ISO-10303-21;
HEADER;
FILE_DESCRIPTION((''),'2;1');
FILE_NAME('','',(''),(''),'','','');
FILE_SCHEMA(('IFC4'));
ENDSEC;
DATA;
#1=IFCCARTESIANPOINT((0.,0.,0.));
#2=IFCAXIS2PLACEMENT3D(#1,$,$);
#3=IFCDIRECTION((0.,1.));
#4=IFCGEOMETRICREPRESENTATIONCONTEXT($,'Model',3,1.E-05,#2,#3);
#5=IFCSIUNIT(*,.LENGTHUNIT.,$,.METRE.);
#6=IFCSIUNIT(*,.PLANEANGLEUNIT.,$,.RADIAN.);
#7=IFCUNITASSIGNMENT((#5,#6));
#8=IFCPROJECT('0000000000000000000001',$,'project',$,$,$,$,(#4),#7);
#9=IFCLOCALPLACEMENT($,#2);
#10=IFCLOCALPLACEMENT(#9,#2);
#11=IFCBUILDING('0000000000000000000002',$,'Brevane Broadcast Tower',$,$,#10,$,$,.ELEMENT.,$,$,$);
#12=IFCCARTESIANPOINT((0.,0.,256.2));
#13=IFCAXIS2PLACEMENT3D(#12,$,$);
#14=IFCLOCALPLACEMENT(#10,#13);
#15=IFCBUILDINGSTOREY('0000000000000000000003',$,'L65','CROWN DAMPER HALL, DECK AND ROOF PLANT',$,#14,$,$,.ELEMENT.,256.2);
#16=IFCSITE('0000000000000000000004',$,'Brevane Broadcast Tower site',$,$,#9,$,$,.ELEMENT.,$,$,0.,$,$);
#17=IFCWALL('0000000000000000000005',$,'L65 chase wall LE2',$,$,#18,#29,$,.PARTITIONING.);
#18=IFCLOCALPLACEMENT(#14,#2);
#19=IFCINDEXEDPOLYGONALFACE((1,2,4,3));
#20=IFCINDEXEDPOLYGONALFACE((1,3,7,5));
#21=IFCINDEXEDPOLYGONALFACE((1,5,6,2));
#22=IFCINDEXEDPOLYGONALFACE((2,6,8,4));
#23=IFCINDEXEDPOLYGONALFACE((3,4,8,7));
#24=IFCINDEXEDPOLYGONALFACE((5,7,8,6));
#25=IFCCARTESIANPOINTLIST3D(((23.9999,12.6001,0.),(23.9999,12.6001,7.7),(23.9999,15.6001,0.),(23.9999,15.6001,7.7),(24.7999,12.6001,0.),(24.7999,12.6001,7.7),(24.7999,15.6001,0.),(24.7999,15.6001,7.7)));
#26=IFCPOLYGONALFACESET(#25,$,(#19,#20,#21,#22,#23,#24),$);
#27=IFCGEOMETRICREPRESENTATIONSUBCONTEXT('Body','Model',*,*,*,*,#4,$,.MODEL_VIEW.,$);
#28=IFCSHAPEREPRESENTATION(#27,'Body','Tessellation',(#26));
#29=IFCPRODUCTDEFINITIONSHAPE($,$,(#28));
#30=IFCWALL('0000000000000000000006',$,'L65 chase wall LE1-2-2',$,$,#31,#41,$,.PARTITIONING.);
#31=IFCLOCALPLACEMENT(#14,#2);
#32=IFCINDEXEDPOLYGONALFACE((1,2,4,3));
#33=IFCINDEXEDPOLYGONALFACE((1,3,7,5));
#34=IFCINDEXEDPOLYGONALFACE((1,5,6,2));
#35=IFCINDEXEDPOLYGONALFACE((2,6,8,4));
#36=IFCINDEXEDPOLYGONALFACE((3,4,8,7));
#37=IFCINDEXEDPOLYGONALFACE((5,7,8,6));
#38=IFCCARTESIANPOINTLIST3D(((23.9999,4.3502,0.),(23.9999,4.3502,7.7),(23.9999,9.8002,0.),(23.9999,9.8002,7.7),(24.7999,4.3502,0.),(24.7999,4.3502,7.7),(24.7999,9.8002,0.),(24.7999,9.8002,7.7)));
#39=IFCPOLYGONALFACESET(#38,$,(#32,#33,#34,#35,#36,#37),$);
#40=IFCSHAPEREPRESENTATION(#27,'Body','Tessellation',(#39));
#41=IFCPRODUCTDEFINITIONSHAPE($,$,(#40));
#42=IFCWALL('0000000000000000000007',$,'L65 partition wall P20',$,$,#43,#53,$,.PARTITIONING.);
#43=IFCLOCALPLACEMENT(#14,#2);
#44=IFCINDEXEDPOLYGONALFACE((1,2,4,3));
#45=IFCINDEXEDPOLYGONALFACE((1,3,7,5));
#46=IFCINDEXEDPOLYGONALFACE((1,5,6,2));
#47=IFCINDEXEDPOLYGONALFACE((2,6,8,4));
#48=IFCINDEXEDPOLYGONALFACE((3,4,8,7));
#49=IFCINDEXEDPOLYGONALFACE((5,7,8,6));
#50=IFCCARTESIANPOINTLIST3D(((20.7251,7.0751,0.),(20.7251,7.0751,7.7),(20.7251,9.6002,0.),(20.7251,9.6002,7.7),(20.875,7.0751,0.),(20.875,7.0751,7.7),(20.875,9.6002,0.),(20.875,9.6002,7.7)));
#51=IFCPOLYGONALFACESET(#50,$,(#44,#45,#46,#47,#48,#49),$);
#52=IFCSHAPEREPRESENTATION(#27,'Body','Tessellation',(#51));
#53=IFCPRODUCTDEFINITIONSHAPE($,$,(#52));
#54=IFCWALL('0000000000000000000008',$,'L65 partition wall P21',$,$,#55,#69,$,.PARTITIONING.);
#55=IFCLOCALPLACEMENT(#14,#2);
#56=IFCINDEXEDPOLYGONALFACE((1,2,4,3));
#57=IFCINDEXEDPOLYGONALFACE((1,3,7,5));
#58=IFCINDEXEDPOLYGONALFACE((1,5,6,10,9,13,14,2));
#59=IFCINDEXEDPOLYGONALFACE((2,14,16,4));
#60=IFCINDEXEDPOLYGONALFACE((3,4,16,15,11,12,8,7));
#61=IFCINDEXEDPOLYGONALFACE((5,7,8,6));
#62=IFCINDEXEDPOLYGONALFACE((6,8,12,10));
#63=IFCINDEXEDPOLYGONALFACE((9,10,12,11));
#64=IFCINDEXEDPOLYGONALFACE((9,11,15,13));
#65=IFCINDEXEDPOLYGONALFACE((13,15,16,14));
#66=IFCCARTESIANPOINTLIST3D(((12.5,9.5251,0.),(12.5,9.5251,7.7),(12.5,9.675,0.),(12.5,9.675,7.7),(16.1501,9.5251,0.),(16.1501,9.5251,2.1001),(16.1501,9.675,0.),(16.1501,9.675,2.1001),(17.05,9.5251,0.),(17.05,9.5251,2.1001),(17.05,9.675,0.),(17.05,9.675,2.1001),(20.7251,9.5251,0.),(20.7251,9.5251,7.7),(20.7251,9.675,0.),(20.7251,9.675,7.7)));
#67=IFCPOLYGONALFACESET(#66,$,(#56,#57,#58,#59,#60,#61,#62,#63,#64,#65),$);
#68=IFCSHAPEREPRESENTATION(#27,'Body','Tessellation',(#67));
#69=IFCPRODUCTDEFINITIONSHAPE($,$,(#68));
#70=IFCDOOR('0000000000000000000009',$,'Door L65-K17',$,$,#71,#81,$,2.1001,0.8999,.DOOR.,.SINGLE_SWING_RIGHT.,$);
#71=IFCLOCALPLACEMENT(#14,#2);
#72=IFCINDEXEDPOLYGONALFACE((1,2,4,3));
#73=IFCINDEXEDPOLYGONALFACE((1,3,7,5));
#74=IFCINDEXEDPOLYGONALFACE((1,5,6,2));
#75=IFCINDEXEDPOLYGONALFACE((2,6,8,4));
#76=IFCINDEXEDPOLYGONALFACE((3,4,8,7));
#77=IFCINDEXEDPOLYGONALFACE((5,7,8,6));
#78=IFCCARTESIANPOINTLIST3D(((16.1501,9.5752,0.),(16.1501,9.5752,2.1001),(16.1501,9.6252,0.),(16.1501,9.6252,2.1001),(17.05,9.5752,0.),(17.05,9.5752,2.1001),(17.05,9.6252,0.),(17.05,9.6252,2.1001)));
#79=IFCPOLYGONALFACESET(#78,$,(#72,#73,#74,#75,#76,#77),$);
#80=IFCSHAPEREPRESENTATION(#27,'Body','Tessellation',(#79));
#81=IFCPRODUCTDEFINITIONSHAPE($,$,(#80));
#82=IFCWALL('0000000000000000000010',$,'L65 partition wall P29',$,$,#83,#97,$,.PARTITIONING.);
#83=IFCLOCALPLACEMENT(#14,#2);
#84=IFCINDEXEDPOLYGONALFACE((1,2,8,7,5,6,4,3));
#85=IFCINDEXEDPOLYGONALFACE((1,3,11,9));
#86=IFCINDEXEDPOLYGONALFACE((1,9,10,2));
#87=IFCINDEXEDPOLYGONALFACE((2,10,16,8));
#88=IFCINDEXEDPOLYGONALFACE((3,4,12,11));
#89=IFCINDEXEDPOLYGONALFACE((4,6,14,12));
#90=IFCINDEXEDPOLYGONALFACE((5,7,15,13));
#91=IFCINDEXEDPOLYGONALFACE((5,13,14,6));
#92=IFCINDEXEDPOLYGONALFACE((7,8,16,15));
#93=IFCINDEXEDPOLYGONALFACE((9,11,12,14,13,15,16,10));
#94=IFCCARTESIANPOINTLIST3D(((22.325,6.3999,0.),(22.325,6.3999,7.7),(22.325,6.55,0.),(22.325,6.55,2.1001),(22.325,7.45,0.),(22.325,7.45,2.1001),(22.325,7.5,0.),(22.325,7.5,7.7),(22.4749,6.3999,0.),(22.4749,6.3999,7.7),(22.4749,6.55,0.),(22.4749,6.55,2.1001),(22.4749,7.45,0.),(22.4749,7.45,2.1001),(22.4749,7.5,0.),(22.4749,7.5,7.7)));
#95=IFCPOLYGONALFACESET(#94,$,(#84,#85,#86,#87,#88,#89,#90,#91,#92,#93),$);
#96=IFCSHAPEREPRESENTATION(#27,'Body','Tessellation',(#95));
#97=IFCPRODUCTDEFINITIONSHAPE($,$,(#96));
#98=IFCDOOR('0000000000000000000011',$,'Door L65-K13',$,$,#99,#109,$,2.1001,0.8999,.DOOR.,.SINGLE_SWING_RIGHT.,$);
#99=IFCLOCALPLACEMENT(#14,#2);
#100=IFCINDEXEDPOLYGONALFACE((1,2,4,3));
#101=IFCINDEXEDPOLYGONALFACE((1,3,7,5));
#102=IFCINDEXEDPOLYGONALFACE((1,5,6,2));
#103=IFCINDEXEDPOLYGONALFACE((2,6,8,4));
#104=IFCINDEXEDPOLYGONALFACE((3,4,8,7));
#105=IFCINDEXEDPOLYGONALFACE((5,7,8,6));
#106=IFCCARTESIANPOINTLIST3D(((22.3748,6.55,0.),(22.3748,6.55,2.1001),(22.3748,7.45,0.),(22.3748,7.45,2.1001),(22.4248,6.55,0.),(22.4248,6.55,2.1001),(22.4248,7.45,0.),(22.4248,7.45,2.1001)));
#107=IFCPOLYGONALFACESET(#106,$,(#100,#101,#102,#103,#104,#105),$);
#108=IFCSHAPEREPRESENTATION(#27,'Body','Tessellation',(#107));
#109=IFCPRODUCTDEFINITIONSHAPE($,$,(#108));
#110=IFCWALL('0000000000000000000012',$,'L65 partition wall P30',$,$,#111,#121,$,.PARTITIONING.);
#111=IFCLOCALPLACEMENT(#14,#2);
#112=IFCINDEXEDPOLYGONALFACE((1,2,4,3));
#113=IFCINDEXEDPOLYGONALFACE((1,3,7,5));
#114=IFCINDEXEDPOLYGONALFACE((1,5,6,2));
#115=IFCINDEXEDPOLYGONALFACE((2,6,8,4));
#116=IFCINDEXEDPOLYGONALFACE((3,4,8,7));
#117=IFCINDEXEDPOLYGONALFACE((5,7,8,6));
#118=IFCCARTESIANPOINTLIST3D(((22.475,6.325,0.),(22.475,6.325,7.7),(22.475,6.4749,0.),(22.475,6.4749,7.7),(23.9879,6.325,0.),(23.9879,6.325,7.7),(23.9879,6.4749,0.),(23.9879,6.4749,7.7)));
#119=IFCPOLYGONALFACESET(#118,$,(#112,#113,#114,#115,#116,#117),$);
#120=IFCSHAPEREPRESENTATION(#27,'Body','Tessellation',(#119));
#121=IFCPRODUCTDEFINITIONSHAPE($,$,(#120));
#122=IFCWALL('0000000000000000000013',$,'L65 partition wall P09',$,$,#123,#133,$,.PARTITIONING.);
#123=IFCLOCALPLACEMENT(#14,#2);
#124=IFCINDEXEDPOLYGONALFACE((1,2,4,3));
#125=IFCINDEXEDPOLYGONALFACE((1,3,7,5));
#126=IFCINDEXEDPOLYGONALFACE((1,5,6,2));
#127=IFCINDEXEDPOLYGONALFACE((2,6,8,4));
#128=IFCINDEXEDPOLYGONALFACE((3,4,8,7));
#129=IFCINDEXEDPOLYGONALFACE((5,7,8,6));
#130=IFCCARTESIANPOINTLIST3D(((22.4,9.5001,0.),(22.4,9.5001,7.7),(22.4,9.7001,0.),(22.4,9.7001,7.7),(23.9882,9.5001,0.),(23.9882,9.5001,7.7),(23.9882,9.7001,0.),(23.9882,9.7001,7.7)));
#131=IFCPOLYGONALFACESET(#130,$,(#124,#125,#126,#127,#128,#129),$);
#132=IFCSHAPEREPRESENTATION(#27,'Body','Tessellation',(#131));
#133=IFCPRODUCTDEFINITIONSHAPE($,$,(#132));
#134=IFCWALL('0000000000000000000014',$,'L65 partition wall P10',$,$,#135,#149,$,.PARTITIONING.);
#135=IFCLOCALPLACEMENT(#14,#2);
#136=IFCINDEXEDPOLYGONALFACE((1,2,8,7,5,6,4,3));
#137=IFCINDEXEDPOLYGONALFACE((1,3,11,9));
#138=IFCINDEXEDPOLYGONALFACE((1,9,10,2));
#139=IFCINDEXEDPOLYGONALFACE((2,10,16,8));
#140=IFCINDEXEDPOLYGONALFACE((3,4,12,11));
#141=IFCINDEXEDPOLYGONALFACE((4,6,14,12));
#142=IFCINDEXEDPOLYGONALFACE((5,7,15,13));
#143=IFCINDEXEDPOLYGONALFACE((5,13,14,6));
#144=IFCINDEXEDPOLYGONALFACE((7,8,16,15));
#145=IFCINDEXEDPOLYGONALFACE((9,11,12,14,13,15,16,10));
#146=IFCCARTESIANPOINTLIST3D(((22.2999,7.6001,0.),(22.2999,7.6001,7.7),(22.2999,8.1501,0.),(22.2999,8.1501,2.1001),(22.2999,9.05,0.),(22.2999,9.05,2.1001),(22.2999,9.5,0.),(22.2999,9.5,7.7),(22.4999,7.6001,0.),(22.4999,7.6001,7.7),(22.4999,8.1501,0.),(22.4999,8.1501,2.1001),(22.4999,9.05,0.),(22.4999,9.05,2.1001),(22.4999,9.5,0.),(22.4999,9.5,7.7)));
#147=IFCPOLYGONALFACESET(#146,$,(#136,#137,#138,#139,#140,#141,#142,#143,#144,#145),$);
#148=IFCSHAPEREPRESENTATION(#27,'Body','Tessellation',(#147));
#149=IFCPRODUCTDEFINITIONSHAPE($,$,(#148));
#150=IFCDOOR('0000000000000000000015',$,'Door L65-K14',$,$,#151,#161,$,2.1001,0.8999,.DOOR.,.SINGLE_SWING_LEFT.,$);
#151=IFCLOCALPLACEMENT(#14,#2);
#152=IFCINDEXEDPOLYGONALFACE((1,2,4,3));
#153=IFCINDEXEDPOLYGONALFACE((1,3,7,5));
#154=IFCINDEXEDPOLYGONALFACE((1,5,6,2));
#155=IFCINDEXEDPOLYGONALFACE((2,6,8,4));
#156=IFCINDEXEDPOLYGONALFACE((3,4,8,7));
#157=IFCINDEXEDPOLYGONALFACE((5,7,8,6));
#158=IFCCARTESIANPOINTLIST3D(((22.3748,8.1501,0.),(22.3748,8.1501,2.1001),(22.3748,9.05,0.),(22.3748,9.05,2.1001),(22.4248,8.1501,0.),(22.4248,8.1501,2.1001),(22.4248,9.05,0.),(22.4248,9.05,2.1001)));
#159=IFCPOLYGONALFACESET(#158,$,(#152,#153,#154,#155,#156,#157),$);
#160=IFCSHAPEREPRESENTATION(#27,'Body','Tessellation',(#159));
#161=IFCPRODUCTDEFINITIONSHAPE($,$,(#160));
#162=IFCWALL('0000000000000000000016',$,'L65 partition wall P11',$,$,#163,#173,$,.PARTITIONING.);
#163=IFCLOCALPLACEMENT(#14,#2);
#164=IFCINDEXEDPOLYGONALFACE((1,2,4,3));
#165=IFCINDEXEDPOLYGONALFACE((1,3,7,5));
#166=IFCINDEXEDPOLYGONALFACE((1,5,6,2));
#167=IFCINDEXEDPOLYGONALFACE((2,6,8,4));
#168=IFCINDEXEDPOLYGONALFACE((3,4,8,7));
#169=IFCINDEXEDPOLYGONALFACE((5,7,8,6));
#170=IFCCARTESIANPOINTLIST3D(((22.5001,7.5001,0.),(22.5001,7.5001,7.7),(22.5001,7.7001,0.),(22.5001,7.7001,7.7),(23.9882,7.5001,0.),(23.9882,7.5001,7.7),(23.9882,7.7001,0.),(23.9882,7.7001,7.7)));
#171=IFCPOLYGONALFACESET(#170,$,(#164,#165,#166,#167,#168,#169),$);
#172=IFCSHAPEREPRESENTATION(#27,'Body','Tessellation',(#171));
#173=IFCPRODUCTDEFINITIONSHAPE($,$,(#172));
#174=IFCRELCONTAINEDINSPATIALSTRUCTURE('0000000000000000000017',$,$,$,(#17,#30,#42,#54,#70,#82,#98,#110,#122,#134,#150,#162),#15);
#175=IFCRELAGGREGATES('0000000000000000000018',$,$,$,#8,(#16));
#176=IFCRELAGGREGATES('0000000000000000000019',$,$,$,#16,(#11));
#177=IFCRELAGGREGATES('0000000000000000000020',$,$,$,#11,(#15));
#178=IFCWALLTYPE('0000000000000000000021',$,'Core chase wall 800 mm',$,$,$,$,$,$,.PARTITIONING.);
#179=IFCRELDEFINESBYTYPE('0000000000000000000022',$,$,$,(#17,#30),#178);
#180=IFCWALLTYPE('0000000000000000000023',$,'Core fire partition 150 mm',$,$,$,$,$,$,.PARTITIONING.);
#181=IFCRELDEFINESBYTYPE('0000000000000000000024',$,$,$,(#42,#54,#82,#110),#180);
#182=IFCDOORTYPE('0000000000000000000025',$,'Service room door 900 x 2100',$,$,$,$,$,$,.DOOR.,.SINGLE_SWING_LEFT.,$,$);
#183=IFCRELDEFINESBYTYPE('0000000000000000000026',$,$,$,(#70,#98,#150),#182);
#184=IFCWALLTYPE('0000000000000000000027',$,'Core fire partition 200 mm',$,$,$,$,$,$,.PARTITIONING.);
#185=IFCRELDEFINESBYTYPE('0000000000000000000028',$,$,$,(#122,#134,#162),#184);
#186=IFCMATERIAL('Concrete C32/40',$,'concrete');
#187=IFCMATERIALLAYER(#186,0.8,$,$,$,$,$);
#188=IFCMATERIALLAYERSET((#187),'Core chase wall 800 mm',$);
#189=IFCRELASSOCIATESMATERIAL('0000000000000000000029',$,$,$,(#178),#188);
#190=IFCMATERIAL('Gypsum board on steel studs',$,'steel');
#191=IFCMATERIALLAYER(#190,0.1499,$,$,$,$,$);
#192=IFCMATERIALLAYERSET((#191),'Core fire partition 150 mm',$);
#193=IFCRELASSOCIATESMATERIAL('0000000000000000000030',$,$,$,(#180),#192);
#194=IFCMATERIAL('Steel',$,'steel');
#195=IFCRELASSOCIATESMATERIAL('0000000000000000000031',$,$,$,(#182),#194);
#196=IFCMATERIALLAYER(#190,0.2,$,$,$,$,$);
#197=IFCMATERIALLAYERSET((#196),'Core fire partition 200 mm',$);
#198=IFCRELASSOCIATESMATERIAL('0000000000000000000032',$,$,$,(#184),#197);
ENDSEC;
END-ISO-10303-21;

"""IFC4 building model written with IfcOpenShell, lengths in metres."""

from ifc_helpers import new_model, si_unit, direction, frame, frame_2d, origin, place, context, subcontext, project, spatial, rectangle, extrude, material, layer, layer_set, type_object, element, fill, save


model = new_model("IFC4")

# Units and contexts
model_context = context("Model", 3, precision=1e-05, world=origin(), true_north=direction((0.0, 1.0)))
body_context = subcontext(model_context, "Body", "Model", "MODEL_VIEW")
ifc_project = project(units=[si_unit("LENGTHUNIT", "METRE"), si_unit("PLANEANGLEUNIT", "RADIAN")], contexts=[model_context])

# Site, building, storey
site_placement = place(None, origin())
site = spatial("IfcSite", under=ifc_project, at=site_placement, Name="Brevane Broadcast Tower site", CompositionType="ELEMENT", RefElevation=0.0)
building_placement = place(site_placement, origin())
building = spatial("IfcBuilding", under=site, at=building_placement, Name="Brevane Broadcast Tower", CompositionType="ELEMENT")
storey_placement = place(building_placement, frame((0.0, 0.0, 256.2)))
storey = spatial("IfcBuildingStorey", under=building, at=storey_placement, Name="L65", Description="CROWN DAMPER HALL, DECK AND ROOF PLANT", CompositionType="ELEMENT", Elevation=256.2)

# Walls
ifc_material_1 = material(Name="Concrete C32/40", Category="concrete")
ifc_layer_1 = layer(ifc_material_1, 0.8)
ifc_layer_set_1 = layer_set([ifc_layer_1], Name="Core chase wall 800 mm")
wall_type_1 = type_object("IfcWallType", Name="Core chase wall 800 mm", PredefinedType="PARTITIONING", material=ifc_layer_set_1)
wall_1_placement = place(storey_placement, frame((24.3999, 12.6001, 0.0), z_axis=(0.0, 0.0, 1.0), x_axis=(0.0, 1.0, 0.0)))
element("IfcWall", 1, at=wall_1_placement, inside=storey, type_object=wall_type_1, Name="L65 chase wall LE2", PredefinedType="PARTITIONING", context=body_context, shape_type="SweptSolid", body=[
    extrude(rectangle(XDim=3.0, YDim=0.8, at=frame_2d((1.5, 0.0))), origin(), (0.0, 0.0, 1.0), 7.7),
])
wall_2_placement = place(storey_placement, frame((24.3999, 4.3501, 0.0), z_axis=(0.0, 0.0, 1.0), x_axis=(0.0, 1.0, 0.0)))
element("IfcWall", 2, at=wall_2_placement, inside=storey, type_object=wall_type_1, Name="L65 chase wall LE1-2-2", PredefinedType="PARTITIONING", context=body_context, shape_type="SweptSolid", body=[
    extrude(rectangle(XDim=5.45, YDim=0.8, at=frame_2d((2.7251, 0.0))), origin(), (0.0, 0.0, 1.0), 7.7),
])
ifc_material_2 = material(Name="Gypsum board on steel studs", Category="steel")
ifc_layer_2 = layer(ifc_material_2, 0.1499)
ifc_layer_set_2 = layer_set([ifc_layer_2], Name="Core fire partition 150 mm")
wall_type_2 = type_object("IfcWallType", Name="Core fire partition 150 mm", PredefinedType="PARTITIONING", material=ifc_layer_set_2)
wall_3_placement = place(storey_placement, frame((20.8, 7.075, 0.0), z_axis=(0.0, 0.0, 1.0), x_axis=(0.0, 1.0, 0.0)))
element("IfcWall", 3, at=wall_3_placement, inside=storey, type_object=wall_type_2, Name="L65 partition wall P20", PredefinedType="PARTITIONING", context=body_context, shape_type="SweptSolid", body=[
    extrude(rectangle(XDim=2.5251, YDim=0.1499, at=frame_2d((1.2627, 0.0))), origin(), (0.0, 0.0, 1.0), 7.7),
])

# Walls, openings, doors
wall_4_placement = place(storey_placement, frame((20.7251, 9.6001, 0.0), z_axis=(0.0, 0.0, 1.0), x_axis=(-1.0, 0.0, 0.0)))
wall_4 = element("IfcWall", 4, at=wall_4_placement, inside=storey, type_object=wall_type_2, Name="L65 partition wall P21", PredefinedType="PARTITIONING", context=body_context, shape_type="SweptSolid", body=[
    extrude(rectangle(XDim=8.2251, YDim=0.1499, at=frame_2d((4.1125, 0.0))), origin(), (0.0, 0.0, 1.0), 7.7),
])
opening_1_placement = place(wall_4_placement, frame((3.675, 0.0, 0.0)))
opening_1 = element("IfcOpeningElement", 5, at=opening_1_placement, cuts=wall_4, PredefinedType="OPENING", context=body_context, shape_type="SweptSolid", body=[
    extrude(rectangle(XDim=0.8999, YDim=2.1001, at=frame_2d((0.45, 1.05))), frame((0.0, 0.085, 0.0), z_axis=(0.0, -1.0, 0.0), x_axis=(1.0, 0.0, 0.0)), (0.0, 0.0, 1.0), 0.1699),
])
ifc_material_3 = material(Name="Steel", Category="steel")
door_type_1 = type_object("IfcDoorType", Name="Service room door 900 x 2100", OperationType="SINGLE_SWING_LEFT", PredefinedType="DOOR", material=ifc_material_3)
door_1_placement = place(opening_1_placement, origin())
door_1 = element("IfcDoor", 6, at=door_1_placement, inside=storey, type_object=door_type_1, Name="Door L65-K17", OperationType="SINGLE_SWING_RIGHT", OverallHeight=2.1001, OverallWidth=0.8999, PredefinedType="DOOR", context=body_context, shape_type="SweptSolid", body=[
    extrude(rectangle(XDim=0.8999, YDim=2.1001, at=frame_2d((0.45, 1.05))), frame((0.0, 0.0249, 0.0), z_axis=(0.0, -1.0, 0.0), x_axis=(1.0, 0.0, 0.0)), (0.0, 0.0, 1.0), 0.05),
])
fill(opening_1, door_1)
wall_5_placement = place(storey_placement, frame((22.3999, 7.5, 0.0), z_axis=(0.0, 0.0, 1.0), x_axis=(0.0, -1.0, 0.0)))
wall_5 = element("IfcWall", 7, at=wall_5_placement, inside=storey, type_object=wall_type_2, Name="L65 partition wall P29", PredefinedType="PARTITIONING", context=body_context, shape_type="SweptSolid", body=[
    extrude(rectangle(XDim=1.1001, YDim=0.1499, at=frame_2d((0.55, 0.0))), origin(), (0.0, 0.0, 1.0), 7.7),
])
opening_2_placement = place(wall_5_placement, frame((0.05, 0.0, 0.0)))
opening_2 = element("IfcOpeningElement", 8, at=opening_2_placement, cuts=wall_5, PredefinedType="OPENING", context=body_context, shape_type="SweptSolid", body=[
    extrude(rectangle(XDim=0.8999, YDim=2.1001, at=frame_2d((0.45, 1.05))), frame((0.0, 0.085, 0.0), z_axis=(0.0, -1.0, 0.0), x_axis=(1.0, 0.0, 0.0)), (0.0, 0.0, 1.0), 0.1699),
])
door_2_placement = place(opening_2_placement, origin())
door_2 = element("IfcDoor", 9, at=door_2_placement, inside=storey, type_object=door_type_1, Name="Door L65-K13", OperationType="SINGLE_SWING_RIGHT", OverallHeight=2.1001, OverallWidth=0.8999, PredefinedType="DOOR", context=body_context, shape_type="SweptSolid", body=[
    extrude(rectangle(XDim=0.8999, YDim=2.1001, at=frame_2d((0.45, 1.05))), frame((0.0, 0.0249, 0.0), z_axis=(0.0, -1.0, 0.0), x_axis=(1.0, 0.0, 0.0)), (0.0, 0.0, 1.0), 0.05),
])
fill(opening_2, door_2)

# Walls
wall_6_placement = place(storey_placement, frame((22.4751, 6.3999, 0.0), z_axis=(0.0, 0.0, 1.0), x_axis=(1.0, 0.0, 0.0)))
element("IfcWall", 10, at=wall_6_placement, inside=storey, type_object=wall_type_2, Name="L65 partition wall P30", PredefinedType="PARTITIONING", context=body_context, shape_type="SweptSolid", body=[
    extrude(rectangle(XDim=1.5129, YDim=0.1499, at=frame_2d((0.7563, 0.0))), origin(), (0.0, 0.0, 1.0), 7.7),
])
ifc_layer_3 = layer(ifc_material_2, 0.2)
ifc_layer_set_3 = layer_set([ifc_layer_3], Name="Core fire partition 200 mm")
wall_type_3 = type_object("IfcWallType", Name="Core fire partition 200 mm", PredefinedType="PARTITIONING", material=ifc_layer_set_3)
wall_7_placement = place(storey_placement, frame((23.988, 9.6001, 0.0), z_axis=(0.0, 0.0, 1.0), x_axis=(-1.0, 0.0, 0.0)))
element("IfcWall", 11, at=wall_7_placement, inside=storey, type_object=wall_type_3, Name="L65 partition wall P09", PredefinedType="PARTITIONING", context=body_context, shape_type="SweptSolid", body=[
    extrude(rectangle(XDim=1.5881, YDim=0.2, at=frame_2d((0.7939, 0.0))), origin(), (0.0, 0.0, 1.0), 7.7),
])

# Wall, opening, door
wall_8_placement = place(storey_placement, frame((22.3999, 9.5, 0.0), z_axis=(0.0, 0.0, 1.0), x_axis=(0.0, -1.0, 0.0)))
wall_8 = element("IfcWall", 12, at=wall_8_placement, inside=storey, type_object=wall_type_3, Name="L65 partition wall P10", PredefinedType="PARTITIONING", context=body_context, shape_type="SweptSolid", body=[
    extrude(rectangle(XDim=1.8999, YDim=0.2, at=frame_2d((0.95, 0.0))), origin(), (0.0, 0.0, 1.0), 7.7),
])
opening_3_placement = place(wall_8_placement, frame((0.45, 0.0, 0.0)))
opening_3 = element("IfcOpeningElement", 13, at=opening_3_placement, cuts=wall_8, PredefinedType="OPENING", context=body_context, shape_type="SweptSolid", body=[
    extrude(rectangle(XDim=0.8999, YDim=2.1001, at=frame_2d((0.45, 1.05))), frame((0.0, 0.1099, 0.0), z_axis=(0.0, -1.0, 0.0), x_axis=(1.0, 0.0, 0.0)), (0.0, 0.0, 1.0), 0.22),
])
door_3_placement = place(opening_3_placement, origin())
door_3 = element("IfcDoor", 14, at=door_3_placement, inside=storey, type_object=door_type_1, Name="Door L65-K14", OperationType="SINGLE_SWING_LEFT", OverallHeight=2.1001, OverallWidth=0.8999, PredefinedType="DOOR", context=body_context, shape_type="SweptSolid", body=[
    extrude(rectangle(XDim=0.8999, YDim=2.1001, at=frame_2d((0.45, 1.05))), frame((0.0, 0.0249, 0.0), z_axis=(0.0, -1.0, 0.0), x_axis=(1.0, 0.0, 0.0)), (0.0, 0.0, 1.0), 0.05),
])
fill(opening_3, door_3)

# Wall
wall_9_placement = place(storey_placement, frame((22.5, 7.6001, 0.0), z_axis=(0.0, 0.0, 1.0), x_axis=(1.0, 0.0, 0.0)))
element("IfcWall", 15, at=wall_9_placement, inside=storey, type_object=wall_type_3, Name="L65 partition wall P11", PredefinedType="PARTITIONING", context=body_context, shape_type="SweptSolid", body=[
    extrude(rectangle(XDim=1.488, YDim=0.2, at=frame_2d((0.7441, 0.0))), origin(), (0.0, 0.0, 1.0), 7.7),
])

save(model, "model.ifc")
